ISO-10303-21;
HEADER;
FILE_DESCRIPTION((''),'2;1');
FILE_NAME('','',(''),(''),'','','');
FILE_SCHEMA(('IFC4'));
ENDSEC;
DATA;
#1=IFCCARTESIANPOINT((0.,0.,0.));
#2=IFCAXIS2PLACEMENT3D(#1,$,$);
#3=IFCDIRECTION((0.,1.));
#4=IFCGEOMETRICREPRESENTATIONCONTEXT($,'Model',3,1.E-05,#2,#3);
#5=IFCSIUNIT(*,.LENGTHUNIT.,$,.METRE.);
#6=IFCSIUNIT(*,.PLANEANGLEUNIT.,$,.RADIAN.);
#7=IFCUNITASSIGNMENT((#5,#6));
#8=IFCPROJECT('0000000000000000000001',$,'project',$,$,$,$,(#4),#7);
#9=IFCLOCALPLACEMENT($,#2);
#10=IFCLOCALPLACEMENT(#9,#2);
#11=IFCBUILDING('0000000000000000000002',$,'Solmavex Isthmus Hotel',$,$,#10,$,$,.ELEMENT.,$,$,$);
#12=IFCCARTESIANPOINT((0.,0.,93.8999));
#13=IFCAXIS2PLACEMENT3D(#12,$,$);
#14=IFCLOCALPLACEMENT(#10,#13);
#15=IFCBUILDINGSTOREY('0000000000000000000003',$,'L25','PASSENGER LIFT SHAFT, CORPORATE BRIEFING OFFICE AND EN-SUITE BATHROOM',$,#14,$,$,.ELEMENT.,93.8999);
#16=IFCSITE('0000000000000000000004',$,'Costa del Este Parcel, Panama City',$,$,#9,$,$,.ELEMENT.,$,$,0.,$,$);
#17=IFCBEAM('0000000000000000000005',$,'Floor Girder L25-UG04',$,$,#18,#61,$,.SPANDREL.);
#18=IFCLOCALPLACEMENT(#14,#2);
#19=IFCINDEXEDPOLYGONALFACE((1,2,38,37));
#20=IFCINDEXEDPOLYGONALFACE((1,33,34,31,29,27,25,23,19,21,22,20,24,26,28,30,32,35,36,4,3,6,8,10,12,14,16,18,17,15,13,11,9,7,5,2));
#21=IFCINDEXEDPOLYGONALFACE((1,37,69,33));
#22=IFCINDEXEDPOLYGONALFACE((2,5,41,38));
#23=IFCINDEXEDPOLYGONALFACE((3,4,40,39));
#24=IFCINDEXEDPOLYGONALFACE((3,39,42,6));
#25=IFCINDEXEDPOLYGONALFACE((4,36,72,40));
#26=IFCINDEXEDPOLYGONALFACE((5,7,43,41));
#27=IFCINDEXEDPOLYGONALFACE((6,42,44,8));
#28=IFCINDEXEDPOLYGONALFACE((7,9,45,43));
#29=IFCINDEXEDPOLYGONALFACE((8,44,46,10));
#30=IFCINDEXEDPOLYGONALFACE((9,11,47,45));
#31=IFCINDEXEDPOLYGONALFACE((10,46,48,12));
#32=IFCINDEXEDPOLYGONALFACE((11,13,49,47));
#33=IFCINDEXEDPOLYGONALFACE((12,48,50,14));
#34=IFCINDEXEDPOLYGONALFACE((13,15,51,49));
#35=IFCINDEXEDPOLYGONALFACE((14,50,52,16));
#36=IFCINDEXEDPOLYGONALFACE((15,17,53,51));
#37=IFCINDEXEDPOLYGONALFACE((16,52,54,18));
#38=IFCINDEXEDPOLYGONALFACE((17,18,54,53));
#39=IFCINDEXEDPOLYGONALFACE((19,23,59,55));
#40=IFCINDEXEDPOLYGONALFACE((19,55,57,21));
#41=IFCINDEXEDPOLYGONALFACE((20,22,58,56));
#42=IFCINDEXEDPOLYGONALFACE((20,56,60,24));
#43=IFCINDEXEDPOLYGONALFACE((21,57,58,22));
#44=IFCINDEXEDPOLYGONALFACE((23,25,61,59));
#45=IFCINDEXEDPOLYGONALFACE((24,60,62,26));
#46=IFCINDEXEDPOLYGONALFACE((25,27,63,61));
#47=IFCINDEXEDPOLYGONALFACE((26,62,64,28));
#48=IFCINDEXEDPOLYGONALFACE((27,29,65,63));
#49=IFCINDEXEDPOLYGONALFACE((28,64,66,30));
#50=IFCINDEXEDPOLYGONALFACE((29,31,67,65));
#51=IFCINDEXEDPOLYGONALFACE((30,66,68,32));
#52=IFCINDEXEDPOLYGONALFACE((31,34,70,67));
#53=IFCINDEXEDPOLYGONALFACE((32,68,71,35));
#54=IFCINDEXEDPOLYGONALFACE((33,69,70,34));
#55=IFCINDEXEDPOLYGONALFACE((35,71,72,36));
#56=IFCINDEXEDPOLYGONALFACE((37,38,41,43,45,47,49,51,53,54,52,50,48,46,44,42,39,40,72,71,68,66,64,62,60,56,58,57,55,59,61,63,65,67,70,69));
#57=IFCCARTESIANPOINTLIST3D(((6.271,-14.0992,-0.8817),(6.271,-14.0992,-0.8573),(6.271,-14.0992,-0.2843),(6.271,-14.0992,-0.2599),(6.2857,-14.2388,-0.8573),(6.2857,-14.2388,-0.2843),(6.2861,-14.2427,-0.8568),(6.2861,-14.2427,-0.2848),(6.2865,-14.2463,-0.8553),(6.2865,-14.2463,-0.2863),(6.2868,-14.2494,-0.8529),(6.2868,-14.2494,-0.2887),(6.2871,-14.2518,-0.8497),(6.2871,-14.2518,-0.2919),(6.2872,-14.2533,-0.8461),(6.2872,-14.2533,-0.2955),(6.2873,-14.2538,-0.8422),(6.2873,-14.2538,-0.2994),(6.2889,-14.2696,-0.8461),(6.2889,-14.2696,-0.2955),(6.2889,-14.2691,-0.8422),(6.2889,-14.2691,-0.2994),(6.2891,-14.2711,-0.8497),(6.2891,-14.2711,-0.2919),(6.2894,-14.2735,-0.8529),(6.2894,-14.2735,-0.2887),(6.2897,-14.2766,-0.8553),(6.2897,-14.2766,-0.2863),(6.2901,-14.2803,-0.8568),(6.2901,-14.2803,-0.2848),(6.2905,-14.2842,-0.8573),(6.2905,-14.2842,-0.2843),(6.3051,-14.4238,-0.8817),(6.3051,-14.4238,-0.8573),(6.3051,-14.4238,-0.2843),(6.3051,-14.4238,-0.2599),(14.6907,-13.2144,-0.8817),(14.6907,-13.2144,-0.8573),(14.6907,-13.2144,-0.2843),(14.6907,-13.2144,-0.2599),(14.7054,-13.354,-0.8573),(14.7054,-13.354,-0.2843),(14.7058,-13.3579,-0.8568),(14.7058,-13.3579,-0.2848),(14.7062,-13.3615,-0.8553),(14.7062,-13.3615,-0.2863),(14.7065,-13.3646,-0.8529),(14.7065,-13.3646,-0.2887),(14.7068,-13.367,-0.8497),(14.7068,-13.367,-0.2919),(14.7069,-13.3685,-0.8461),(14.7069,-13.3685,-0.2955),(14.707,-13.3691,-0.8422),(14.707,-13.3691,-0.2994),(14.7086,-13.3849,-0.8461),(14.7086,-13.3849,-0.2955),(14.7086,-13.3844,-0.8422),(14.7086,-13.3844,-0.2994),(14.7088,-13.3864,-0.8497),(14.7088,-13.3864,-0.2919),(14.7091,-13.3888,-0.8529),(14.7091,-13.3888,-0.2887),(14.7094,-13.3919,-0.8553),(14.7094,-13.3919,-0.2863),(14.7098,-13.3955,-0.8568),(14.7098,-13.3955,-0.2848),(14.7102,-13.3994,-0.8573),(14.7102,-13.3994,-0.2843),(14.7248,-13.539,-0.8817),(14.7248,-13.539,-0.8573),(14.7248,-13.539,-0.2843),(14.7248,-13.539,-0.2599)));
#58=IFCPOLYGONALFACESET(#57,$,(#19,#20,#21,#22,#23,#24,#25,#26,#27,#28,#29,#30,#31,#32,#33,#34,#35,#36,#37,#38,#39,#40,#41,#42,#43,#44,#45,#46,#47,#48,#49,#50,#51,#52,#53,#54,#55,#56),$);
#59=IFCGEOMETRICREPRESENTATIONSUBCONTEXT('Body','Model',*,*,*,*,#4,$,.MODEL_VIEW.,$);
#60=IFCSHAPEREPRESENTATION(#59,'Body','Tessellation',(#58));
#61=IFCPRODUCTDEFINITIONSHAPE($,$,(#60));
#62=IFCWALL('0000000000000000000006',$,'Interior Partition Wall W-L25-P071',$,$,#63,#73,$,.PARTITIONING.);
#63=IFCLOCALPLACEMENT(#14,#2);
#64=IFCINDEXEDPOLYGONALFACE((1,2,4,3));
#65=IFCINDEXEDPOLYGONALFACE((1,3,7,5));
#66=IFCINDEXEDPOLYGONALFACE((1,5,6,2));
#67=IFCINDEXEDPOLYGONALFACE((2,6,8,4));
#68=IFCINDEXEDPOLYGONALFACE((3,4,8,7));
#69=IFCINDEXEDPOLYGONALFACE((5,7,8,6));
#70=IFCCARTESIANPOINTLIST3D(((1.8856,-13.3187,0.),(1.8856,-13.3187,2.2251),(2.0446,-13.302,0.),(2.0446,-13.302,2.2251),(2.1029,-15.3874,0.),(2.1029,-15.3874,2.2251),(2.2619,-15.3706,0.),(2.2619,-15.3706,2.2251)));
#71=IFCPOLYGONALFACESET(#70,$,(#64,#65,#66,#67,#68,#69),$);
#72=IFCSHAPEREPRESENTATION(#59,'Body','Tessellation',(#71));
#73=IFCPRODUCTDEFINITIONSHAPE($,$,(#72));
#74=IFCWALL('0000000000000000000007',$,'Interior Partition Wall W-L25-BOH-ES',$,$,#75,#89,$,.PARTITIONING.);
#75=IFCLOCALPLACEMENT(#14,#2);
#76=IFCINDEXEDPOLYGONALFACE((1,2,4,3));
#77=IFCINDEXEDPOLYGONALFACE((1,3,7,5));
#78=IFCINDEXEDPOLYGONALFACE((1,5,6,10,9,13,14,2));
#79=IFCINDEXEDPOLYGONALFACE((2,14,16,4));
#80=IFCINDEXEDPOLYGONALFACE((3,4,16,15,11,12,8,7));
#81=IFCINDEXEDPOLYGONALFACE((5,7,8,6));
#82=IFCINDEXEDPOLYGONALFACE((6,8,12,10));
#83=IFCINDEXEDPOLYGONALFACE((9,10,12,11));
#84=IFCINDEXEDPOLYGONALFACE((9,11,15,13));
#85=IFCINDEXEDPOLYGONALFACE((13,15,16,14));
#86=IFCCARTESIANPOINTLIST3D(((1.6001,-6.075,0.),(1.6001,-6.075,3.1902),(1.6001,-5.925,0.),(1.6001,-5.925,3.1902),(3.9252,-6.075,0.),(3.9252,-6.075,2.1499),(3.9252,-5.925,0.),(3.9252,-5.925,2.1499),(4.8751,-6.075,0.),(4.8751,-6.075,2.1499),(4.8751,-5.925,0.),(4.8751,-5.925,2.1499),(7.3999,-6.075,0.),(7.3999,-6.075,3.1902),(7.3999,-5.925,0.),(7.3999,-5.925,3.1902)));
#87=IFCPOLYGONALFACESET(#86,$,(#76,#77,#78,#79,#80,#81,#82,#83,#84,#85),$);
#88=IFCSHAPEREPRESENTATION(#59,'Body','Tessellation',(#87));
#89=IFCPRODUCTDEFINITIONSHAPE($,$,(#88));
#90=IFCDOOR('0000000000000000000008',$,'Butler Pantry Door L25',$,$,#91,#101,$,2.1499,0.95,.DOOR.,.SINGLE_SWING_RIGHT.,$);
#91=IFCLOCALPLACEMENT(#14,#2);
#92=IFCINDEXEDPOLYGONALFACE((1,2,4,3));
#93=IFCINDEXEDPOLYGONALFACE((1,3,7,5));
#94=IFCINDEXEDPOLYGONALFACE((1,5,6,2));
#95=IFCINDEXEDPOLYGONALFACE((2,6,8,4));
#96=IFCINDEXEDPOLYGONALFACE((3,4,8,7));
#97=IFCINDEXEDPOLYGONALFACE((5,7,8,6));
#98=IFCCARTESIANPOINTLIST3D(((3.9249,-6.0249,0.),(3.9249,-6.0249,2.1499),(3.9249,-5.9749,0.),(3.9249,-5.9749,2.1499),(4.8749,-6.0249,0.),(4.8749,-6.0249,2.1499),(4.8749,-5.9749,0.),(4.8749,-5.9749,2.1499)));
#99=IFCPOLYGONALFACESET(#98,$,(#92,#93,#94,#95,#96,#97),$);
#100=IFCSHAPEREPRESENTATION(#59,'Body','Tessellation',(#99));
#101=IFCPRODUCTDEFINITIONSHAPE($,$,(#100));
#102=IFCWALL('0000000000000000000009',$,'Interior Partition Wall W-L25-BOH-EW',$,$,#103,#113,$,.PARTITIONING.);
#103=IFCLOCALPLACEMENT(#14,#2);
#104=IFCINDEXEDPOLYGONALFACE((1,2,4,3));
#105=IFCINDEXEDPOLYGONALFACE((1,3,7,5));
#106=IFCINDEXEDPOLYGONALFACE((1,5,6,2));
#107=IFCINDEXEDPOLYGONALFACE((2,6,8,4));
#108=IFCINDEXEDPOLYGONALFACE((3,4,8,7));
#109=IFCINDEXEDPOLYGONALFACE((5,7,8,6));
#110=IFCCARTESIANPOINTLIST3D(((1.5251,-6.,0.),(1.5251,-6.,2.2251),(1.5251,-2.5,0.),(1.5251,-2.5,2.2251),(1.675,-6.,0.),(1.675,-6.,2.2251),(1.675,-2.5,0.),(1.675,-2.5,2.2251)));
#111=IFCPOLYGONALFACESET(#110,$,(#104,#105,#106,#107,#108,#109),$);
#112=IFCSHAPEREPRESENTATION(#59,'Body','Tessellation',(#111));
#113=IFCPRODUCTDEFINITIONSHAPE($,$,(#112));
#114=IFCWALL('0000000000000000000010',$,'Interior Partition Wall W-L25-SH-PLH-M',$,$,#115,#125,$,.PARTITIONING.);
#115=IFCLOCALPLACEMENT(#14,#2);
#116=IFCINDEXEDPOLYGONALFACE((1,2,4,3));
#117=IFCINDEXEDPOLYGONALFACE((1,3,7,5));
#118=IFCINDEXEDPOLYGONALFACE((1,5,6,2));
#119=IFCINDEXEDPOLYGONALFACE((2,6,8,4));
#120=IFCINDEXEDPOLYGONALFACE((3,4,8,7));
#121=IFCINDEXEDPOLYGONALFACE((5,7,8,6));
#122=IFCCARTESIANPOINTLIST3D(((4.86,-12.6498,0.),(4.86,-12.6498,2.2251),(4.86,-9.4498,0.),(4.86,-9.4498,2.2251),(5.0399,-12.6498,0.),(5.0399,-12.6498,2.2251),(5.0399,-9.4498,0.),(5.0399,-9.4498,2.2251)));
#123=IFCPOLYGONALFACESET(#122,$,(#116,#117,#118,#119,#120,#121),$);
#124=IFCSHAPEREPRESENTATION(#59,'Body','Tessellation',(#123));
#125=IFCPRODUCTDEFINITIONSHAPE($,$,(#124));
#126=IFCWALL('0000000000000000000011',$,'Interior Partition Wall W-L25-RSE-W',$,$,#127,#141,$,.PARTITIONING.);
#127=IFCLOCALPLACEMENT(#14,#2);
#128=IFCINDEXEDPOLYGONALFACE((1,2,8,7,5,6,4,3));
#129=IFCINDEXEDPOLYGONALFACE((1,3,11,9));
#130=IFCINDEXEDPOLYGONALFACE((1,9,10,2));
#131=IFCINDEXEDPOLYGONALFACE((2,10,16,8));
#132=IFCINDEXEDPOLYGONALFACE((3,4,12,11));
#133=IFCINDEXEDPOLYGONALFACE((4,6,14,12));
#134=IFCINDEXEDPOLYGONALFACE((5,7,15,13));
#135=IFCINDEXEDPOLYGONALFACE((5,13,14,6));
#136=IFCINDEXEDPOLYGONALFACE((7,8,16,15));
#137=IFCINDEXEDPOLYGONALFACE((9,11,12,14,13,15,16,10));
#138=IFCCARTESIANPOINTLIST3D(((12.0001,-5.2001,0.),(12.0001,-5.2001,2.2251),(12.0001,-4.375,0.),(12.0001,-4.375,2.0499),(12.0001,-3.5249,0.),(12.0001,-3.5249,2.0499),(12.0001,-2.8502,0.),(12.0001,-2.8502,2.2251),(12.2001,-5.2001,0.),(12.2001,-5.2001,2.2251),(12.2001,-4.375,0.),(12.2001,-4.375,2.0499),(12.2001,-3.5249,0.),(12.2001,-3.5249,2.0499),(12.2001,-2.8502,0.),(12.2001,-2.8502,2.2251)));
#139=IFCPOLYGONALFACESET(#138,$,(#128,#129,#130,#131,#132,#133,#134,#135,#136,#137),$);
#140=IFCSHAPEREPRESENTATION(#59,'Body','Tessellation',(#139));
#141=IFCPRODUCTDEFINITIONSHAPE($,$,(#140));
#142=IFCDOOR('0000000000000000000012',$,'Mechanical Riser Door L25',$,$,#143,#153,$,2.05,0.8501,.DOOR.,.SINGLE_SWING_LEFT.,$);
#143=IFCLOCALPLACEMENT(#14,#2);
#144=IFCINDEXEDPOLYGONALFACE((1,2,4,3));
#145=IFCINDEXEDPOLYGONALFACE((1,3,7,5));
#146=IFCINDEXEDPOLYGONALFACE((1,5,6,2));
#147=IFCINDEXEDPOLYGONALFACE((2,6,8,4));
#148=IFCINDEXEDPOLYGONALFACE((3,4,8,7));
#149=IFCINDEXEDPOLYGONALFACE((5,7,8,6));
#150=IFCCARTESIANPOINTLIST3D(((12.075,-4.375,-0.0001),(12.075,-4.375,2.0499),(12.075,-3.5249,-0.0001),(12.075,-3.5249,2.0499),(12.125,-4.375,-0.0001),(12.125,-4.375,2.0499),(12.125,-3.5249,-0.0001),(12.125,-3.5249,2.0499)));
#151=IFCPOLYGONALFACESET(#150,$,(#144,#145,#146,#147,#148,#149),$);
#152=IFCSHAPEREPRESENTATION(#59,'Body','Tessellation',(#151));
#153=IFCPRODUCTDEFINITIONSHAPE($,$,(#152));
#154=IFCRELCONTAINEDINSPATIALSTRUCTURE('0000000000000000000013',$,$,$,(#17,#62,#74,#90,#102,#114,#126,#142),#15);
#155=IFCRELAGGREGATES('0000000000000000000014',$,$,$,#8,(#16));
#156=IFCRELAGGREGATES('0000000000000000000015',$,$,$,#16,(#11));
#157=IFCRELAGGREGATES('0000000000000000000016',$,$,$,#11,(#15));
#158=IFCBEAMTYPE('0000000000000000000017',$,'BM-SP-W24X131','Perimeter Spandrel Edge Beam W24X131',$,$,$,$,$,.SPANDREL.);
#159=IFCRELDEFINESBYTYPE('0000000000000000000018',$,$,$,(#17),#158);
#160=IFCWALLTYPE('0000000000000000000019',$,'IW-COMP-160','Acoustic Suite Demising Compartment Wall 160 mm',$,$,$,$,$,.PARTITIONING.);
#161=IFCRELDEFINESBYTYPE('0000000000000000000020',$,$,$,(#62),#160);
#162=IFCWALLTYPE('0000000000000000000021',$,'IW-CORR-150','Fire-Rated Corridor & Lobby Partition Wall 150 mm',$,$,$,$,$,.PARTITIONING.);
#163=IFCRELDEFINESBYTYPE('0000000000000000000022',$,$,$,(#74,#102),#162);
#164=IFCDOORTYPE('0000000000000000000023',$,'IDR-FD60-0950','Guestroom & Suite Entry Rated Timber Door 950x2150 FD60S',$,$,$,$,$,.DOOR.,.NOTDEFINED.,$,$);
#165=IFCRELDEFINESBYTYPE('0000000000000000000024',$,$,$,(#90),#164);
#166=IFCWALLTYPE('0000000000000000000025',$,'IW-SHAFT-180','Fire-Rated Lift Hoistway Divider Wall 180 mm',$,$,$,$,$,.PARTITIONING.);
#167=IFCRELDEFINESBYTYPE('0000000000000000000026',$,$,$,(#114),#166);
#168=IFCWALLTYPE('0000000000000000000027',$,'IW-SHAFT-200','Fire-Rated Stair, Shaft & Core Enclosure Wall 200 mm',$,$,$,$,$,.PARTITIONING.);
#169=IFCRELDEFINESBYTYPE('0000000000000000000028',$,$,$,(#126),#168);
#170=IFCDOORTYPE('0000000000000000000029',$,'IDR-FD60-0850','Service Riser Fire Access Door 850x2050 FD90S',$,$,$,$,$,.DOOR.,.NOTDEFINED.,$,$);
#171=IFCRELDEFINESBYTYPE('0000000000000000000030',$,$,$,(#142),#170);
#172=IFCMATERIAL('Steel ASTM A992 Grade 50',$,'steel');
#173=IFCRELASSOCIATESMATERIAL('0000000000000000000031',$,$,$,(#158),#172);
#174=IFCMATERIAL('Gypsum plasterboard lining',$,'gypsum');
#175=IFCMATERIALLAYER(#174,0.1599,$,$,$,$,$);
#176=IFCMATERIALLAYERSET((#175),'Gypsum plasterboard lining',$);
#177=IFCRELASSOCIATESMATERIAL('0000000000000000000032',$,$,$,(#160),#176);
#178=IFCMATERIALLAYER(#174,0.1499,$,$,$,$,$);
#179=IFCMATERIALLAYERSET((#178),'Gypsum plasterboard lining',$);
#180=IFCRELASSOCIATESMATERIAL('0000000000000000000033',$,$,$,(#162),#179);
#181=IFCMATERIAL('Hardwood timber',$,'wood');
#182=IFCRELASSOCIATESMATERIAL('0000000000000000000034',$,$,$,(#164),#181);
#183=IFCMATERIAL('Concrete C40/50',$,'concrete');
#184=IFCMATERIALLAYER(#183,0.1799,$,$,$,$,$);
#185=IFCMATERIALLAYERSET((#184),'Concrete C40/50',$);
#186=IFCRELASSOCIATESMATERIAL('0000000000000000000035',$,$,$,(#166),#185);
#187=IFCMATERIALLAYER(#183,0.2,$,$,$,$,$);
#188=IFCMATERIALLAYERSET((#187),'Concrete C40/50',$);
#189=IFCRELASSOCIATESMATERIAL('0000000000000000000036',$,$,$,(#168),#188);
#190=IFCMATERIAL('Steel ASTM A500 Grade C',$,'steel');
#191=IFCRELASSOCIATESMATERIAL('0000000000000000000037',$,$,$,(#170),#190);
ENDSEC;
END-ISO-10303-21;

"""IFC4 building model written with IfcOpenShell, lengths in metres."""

from ifc_helpers import new_model, si_unit, direction, frame, frame_2d, origin, origin_2d, place, context, subcontext, project, spatial, rectangle, i_section, extrude, material, layer, layer_set, material_profile, profile_set, type_object, element, fill, save


model = new_model("IFC4")

# Units and contexts
model_context = context("Model", 3, precision=1e-05, world=origin(), true_north=direction((0.0, 1.0)))
body_context = subcontext(model_context, "Body", "Model", "MODEL_VIEW")
ifc_project = project(units=[si_unit("LENGTHUNIT", "METRE"), si_unit("PLANEANGLEUNIT", "RADIAN")], contexts=[model_context])

# Site, building, storey
site_placement = place(None, origin())
site = spatial("IfcSite", under=ifc_project, at=site_placement, Name="Costa del Este Parcel, Panama City", CompositionType="ELEMENT", RefElevation=0.0)
building_placement = place(site_placement, origin())
building = spatial("IfcBuilding", under=site, at=building_placement, Name="Solmavex Isthmus Hotel", CompositionType="ELEMENT")
storey_placement = place(building_placement, frame((0.0, 0.0, 93.8999)))
storey = spatial("IfcBuildingStorey", under=building, at=storey_placement, Name="L25", Description="PASSENGER LIFT SHAFT, CORPORATE BRIEFING OFFICE AND EN-SUITE BATHROOM", CompositionType="ELEMENT", Elevation=93.8999)

# Beam
ifc_material_1 = material(Name="Steel ASTM A992 Grade 50", Category="steel")
ifc_material_profile_1 = material_profile(ifc_material_1, i_section(OverallWidth=0.3264, OverallDepth=0.6218, WebThickness=0.0154, FlangeThickness=0.0244, FilletRadius=0.0151, at=origin_2d()), Name="W24X131")
ifc_profile_set_1 = profile_set([ifc_material_profile_1], Name="Steel ASTM A992 Grade 50")
beam_type_1 = type_object("IfcBeamType", Name="BM-SP-W24X131", Description="Perimeter Spandrel Edge Beam W24X131", PredefinedType="SPANDREL", material=ifc_profile_set_1)
beam_1_placement = place(storey_placement, frame((6.2881, -14.2615, -0.5708), z_axis=(0.994524, 0.104508, 0.0), x_axis=(-0.104508, 0.994524, 0.0)))
element("IfcBeam", 1, at=beam_1_placement, inside=storey, type_object=beam_type_1, Name="Floor Girder L25-UG04", PredefinedType="SPANDREL", context=body_context, shape_type="SweptSolid", body=[
    extrude(i_section(OverallWidth=0.3264, OverallDepth=0.6218, WebThickness=0.0154, FlangeThickness=0.0244, FilletRadius=0.0151, at=origin_2d()), origin(), (0.0, 0.0, 1.0), 8.4661),
])

# Wall
ifc_material_2 = material(Name="Gypsum plasterboard lining", Category="gypsum")
ifc_layer_1 = layer(ifc_material_2, 0.1599)
ifc_layer_set_1 = layer_set([ifc_layer_1], Name="Gypsum plasterboard lining")
wall_type_1 = type_object("IfcWallType", Name="IW-COMP-160", Description="Acoustic Suite Demising Compartment Wall 160 mm", PredefinedType="PARTITIONING", material=ifc_layer_set_1)
wall_1_placement = place(storey_placement, frame((1.9651, -13.3103, 0.0), z_axis=(0.0, 0.0, 1.0), x_axis=(0.104465, -0.994529, 0.0)))
element("IfcWall", 2, at=wall_1_placement, inside=storey, type_object=wall_type_1, Name="Interior Partition Wall W-L25-P071", PredefinedType="PARTITIONING", context=body_context, shape_type="SweptSolid", body=[
    extrude(rectangle(XDim=2.0801, YDim=0.1599, at=frame_2d((1.04, 0.0))), origin(), (0.0, 0.0, 1.0), 2.2251),
])

# Wall, opening, door
ifc_layer_2 = layer(ifc_material_2, 0.1499)
ifc_layer_set_2 = layer_set([ifc_layer_2], Name="Gypsum plasterboard lining")
wall_type_2 = type_object("IfcWallType", Name="IW-CORR-150", Description="Fire-Rated Corridor & Lobby Partition Wall 150 mm", PredefinedType="PARTITIONING", material=ifc_layer_set_2)
wall_2_placement = place(storey_placement, frame((1.6001, -6.0, 0.0), z_axis=(0.0, 0.0, 1.0), x_axis=(1.0, 0.0, 0.0)))
wall_2 = element("IfcWall", 3, at=wall_2_placement, inside=storey, type_object=wall_type_2, Name="Interior Partition Wall W-L25-BOH-ES", PredefinedType="PARTITIONING", context=body_context, shape_type="SweptSolid", body=[
    extrude(rectangle(XDim=5.7998, YDim=0.1499, at=frame_2d((2.8999, 0.0))), origin(), (0.0, 0.0, 1.0), 3.1902),
])
opening_1_placement = place(wall_2_placement, frame((2.325, 0.0, 0.0)))
opening_1 = element("IfcOpeningElement", 4, at=opening_1_placement, cuts=wall_2, PredefinedType="OPENING", context=body_context, shape_type="SweptSolid", body=[
    extrude(rectangle(XDim=0.95, YDim=2.1499, at=frame_2d((0.4751, 1.075))), frame((0.0, 0.085, 0.0), z_axis=(0.0, -1.0, 0.0), x_axis=(1.0, 0.0, 0.0)), (0.0, 0.0, 1.0), 0.1699),
])
ifc_material_3 = material(Name="Hardwood timber", Category="wood")
door_type_1 = type_object("IfcDoorType", Name="IDR-FD60-0950", Description="Guestroom & Suite Entry Rated Timber Door 950x2150 FD60S", OperationType="NOTDEFINED", PredefinedType="DOOR", material=ifc_material_3)
door_1_placement = place(opening_1_placement, frame((0.95, 0.0, 0.0), z_axis=(0.0, 0.0, 1.0), x_axis=(-1.0, 0.0, 0.0)))
door_1 = element("IfcDoor", 5, at=door_1_placement, inside=storey, type_object=door_type_1, Name="Butler Pantry Door L25", OperationType="SINGLE_SWING_RIGHT", OverallHeight=2.1499, OverallWidth=0.95, PredefinedType="DOOR", context=body_context, shape_type="SweptSolid", body=[
    extrude(rectangle(XDim=0.95, YDim=2.1499, at=frame_2d((0.4751, 1.075))), frame((0.0, 0.0249, 0.0), z_axis=(0.0, -1.0, 0.0), x_axis=(1.0, 0.0, 0.0)), (0.0, 0.0, 1.0), 0.05),
])
fill(opening_1, door_1)

# Walls
wall_3_placement = place(storey_placement, frame((1.6001, -6.0, 0.0), z_axis=(0.0, 0.0, 1.0), x_axis=(0.0, 1.0, 0.0)))
element("IfcWall", 6, at=wall_3_placement, inside=storey, type_object=wall_type_2, Name="Interior Partition Wall W-L25-BOH-EW", PredefinedType="PARTITIONING", context=body_context, shape_type="SweptSolid", body=[
    extrude(rectangle(XDim=3.5, YDim=0.1499, at=frame_2d((1.75, 0.0))), origin(), (0.0, 0.0, 1.0), 2.2251),
])
ifc_material_4 = material(Name="Concrete C40/50", Category="concrete")
ifc_layer_3 = layer(ifc_material_4, 0.1799)
ifc_layer_set_3 = layer_set([ifc_layer_3], Name="Concrete C40/50")
wall_type_3 = type_object("IfcWallType", Name="IW-SHAFT-180", Description="Fire-Rated Lift Hoistway Divider Wall 180 mm", PredefinedType="PARTITIONING", material=ifc_layer_set_3)
wall_4_placement = place(storey_placement, frame((4.95, -12.6499, 0.0), z_axis=(0.0, 0.0, 1.0), x_axis=(0.0, 1.0, 0.0)))
element("IfcWall", 7, at=wall_4_placement, inside=storey, type_object=wall_type_3, Name="Interior Partition Wall W-L25-SH-PLH-M", PredefinedType="PARTITIONING", context=body_context, shape_type="SweptSolid", body=[
    extrude(rectangle(XDim=3.2, YDim=0.1799, at=frame_2d((1.6001, 0.0))), origin(), (0.0, 0.0, 1.0), 2.2251),
])

# Wall, opening, door
ifc_layer_4 = layer(ifc_material_4, 0.2)
ifc_layer_set_4 = layer_set([ifc_layer_4], Name="Concrete C40/50")
wall_type_4 = type_object("IfcWallType", Name="IW-SHAFT-200", Description="Fire-Rated Stair, Shaft & Core Enclosure Wall 200 mm", PredefinedType="PARTITIONING", material=ifc_layer_set_4)
wall_5_placement = place(storey_placement, frame((12.1001, -5.2, 0.0), z_axis=(0.0, 0.0, 1.0), x_axis=(0.0, 1.0, 0.0)))
wall_5 = element("IfcWall", 8, at=wall_5_placement, inside=storey, type_object=wall_type_4, Name="Interior Partition Wall W-L25-RSE-W", PredefinedType="PARTITIONING", context=body_context, shape_type="SweptSolid", body=[
    extrude(rectangle(XDim=2.3499, YDim=0.2, at=frame_2d((1.1748, 0.0))), origin(), (0.0, 0.0, 1.0), 2.2251),
])
opening_2_placement = place(wall_5_placement, frame((0.825, 0.0, 0.0)))
opening_2 = element("IfcOpeningElement", 9, at=opening_2_placement, cuts=wall_5, PredefinedType="OPENING", context=body_context, shape_type="SweptSolid", body=[
    extrude(rectangle(XDim=0.8501, YDim=2.05, at=frame_2d((0.425, 1.0249))), frame((0.0, 0.1099, 0.0), z_axis=(0.0, -1.0, 0.0), x_axis=(1.0, 0.0, 0.0)), (0.0, 0.0, 1.0), 0.22),
])
ifc_material_5 = material(Name="Steel ASTM A500 Grade C", Category="steel")
door_type_2 = type_object("IfcDoorType", Name="IDR-FD60-0850", Description="Service Riser Fire Access Door 850x2050 FD90S", OperationType="NOTDEFINED", PredefinedType="DOOR", material=ifc_material_5)
door_2_placement = place(opening_2_placement, frame((0.8501, 0.0, 0.0), z_axis=(0.0, 0.0, 1.0), x_axis=(-1.0, 0.0, 0.0)))
door_2 = element("IfcDoor", 10, at=door_2_placement, inside=storey, type_object=door_type_2, Name="Mechanical Riser Door L25", OperationType="SINGLE_SWING_LEFT", OverallHeight=2.05, OverallWidth=0.8501, PredefinedType="DOOR", context=body_context, shape_type="SweptSolid", body=[
    extrude(rectangle(XDim=0.8501, YDim=2.05, at=frame_2d((0.425, 1.0249))), frame((0.0, 0.0249, 0.0), z_axis=(0.0, -1.0, 0.0), x_axis=(1.0, 0.0, 0.0)), (0.0, 0.0, 1.0), 0.05),
])
fill(opening_2, door_2)

save(model, "model.ifc")
